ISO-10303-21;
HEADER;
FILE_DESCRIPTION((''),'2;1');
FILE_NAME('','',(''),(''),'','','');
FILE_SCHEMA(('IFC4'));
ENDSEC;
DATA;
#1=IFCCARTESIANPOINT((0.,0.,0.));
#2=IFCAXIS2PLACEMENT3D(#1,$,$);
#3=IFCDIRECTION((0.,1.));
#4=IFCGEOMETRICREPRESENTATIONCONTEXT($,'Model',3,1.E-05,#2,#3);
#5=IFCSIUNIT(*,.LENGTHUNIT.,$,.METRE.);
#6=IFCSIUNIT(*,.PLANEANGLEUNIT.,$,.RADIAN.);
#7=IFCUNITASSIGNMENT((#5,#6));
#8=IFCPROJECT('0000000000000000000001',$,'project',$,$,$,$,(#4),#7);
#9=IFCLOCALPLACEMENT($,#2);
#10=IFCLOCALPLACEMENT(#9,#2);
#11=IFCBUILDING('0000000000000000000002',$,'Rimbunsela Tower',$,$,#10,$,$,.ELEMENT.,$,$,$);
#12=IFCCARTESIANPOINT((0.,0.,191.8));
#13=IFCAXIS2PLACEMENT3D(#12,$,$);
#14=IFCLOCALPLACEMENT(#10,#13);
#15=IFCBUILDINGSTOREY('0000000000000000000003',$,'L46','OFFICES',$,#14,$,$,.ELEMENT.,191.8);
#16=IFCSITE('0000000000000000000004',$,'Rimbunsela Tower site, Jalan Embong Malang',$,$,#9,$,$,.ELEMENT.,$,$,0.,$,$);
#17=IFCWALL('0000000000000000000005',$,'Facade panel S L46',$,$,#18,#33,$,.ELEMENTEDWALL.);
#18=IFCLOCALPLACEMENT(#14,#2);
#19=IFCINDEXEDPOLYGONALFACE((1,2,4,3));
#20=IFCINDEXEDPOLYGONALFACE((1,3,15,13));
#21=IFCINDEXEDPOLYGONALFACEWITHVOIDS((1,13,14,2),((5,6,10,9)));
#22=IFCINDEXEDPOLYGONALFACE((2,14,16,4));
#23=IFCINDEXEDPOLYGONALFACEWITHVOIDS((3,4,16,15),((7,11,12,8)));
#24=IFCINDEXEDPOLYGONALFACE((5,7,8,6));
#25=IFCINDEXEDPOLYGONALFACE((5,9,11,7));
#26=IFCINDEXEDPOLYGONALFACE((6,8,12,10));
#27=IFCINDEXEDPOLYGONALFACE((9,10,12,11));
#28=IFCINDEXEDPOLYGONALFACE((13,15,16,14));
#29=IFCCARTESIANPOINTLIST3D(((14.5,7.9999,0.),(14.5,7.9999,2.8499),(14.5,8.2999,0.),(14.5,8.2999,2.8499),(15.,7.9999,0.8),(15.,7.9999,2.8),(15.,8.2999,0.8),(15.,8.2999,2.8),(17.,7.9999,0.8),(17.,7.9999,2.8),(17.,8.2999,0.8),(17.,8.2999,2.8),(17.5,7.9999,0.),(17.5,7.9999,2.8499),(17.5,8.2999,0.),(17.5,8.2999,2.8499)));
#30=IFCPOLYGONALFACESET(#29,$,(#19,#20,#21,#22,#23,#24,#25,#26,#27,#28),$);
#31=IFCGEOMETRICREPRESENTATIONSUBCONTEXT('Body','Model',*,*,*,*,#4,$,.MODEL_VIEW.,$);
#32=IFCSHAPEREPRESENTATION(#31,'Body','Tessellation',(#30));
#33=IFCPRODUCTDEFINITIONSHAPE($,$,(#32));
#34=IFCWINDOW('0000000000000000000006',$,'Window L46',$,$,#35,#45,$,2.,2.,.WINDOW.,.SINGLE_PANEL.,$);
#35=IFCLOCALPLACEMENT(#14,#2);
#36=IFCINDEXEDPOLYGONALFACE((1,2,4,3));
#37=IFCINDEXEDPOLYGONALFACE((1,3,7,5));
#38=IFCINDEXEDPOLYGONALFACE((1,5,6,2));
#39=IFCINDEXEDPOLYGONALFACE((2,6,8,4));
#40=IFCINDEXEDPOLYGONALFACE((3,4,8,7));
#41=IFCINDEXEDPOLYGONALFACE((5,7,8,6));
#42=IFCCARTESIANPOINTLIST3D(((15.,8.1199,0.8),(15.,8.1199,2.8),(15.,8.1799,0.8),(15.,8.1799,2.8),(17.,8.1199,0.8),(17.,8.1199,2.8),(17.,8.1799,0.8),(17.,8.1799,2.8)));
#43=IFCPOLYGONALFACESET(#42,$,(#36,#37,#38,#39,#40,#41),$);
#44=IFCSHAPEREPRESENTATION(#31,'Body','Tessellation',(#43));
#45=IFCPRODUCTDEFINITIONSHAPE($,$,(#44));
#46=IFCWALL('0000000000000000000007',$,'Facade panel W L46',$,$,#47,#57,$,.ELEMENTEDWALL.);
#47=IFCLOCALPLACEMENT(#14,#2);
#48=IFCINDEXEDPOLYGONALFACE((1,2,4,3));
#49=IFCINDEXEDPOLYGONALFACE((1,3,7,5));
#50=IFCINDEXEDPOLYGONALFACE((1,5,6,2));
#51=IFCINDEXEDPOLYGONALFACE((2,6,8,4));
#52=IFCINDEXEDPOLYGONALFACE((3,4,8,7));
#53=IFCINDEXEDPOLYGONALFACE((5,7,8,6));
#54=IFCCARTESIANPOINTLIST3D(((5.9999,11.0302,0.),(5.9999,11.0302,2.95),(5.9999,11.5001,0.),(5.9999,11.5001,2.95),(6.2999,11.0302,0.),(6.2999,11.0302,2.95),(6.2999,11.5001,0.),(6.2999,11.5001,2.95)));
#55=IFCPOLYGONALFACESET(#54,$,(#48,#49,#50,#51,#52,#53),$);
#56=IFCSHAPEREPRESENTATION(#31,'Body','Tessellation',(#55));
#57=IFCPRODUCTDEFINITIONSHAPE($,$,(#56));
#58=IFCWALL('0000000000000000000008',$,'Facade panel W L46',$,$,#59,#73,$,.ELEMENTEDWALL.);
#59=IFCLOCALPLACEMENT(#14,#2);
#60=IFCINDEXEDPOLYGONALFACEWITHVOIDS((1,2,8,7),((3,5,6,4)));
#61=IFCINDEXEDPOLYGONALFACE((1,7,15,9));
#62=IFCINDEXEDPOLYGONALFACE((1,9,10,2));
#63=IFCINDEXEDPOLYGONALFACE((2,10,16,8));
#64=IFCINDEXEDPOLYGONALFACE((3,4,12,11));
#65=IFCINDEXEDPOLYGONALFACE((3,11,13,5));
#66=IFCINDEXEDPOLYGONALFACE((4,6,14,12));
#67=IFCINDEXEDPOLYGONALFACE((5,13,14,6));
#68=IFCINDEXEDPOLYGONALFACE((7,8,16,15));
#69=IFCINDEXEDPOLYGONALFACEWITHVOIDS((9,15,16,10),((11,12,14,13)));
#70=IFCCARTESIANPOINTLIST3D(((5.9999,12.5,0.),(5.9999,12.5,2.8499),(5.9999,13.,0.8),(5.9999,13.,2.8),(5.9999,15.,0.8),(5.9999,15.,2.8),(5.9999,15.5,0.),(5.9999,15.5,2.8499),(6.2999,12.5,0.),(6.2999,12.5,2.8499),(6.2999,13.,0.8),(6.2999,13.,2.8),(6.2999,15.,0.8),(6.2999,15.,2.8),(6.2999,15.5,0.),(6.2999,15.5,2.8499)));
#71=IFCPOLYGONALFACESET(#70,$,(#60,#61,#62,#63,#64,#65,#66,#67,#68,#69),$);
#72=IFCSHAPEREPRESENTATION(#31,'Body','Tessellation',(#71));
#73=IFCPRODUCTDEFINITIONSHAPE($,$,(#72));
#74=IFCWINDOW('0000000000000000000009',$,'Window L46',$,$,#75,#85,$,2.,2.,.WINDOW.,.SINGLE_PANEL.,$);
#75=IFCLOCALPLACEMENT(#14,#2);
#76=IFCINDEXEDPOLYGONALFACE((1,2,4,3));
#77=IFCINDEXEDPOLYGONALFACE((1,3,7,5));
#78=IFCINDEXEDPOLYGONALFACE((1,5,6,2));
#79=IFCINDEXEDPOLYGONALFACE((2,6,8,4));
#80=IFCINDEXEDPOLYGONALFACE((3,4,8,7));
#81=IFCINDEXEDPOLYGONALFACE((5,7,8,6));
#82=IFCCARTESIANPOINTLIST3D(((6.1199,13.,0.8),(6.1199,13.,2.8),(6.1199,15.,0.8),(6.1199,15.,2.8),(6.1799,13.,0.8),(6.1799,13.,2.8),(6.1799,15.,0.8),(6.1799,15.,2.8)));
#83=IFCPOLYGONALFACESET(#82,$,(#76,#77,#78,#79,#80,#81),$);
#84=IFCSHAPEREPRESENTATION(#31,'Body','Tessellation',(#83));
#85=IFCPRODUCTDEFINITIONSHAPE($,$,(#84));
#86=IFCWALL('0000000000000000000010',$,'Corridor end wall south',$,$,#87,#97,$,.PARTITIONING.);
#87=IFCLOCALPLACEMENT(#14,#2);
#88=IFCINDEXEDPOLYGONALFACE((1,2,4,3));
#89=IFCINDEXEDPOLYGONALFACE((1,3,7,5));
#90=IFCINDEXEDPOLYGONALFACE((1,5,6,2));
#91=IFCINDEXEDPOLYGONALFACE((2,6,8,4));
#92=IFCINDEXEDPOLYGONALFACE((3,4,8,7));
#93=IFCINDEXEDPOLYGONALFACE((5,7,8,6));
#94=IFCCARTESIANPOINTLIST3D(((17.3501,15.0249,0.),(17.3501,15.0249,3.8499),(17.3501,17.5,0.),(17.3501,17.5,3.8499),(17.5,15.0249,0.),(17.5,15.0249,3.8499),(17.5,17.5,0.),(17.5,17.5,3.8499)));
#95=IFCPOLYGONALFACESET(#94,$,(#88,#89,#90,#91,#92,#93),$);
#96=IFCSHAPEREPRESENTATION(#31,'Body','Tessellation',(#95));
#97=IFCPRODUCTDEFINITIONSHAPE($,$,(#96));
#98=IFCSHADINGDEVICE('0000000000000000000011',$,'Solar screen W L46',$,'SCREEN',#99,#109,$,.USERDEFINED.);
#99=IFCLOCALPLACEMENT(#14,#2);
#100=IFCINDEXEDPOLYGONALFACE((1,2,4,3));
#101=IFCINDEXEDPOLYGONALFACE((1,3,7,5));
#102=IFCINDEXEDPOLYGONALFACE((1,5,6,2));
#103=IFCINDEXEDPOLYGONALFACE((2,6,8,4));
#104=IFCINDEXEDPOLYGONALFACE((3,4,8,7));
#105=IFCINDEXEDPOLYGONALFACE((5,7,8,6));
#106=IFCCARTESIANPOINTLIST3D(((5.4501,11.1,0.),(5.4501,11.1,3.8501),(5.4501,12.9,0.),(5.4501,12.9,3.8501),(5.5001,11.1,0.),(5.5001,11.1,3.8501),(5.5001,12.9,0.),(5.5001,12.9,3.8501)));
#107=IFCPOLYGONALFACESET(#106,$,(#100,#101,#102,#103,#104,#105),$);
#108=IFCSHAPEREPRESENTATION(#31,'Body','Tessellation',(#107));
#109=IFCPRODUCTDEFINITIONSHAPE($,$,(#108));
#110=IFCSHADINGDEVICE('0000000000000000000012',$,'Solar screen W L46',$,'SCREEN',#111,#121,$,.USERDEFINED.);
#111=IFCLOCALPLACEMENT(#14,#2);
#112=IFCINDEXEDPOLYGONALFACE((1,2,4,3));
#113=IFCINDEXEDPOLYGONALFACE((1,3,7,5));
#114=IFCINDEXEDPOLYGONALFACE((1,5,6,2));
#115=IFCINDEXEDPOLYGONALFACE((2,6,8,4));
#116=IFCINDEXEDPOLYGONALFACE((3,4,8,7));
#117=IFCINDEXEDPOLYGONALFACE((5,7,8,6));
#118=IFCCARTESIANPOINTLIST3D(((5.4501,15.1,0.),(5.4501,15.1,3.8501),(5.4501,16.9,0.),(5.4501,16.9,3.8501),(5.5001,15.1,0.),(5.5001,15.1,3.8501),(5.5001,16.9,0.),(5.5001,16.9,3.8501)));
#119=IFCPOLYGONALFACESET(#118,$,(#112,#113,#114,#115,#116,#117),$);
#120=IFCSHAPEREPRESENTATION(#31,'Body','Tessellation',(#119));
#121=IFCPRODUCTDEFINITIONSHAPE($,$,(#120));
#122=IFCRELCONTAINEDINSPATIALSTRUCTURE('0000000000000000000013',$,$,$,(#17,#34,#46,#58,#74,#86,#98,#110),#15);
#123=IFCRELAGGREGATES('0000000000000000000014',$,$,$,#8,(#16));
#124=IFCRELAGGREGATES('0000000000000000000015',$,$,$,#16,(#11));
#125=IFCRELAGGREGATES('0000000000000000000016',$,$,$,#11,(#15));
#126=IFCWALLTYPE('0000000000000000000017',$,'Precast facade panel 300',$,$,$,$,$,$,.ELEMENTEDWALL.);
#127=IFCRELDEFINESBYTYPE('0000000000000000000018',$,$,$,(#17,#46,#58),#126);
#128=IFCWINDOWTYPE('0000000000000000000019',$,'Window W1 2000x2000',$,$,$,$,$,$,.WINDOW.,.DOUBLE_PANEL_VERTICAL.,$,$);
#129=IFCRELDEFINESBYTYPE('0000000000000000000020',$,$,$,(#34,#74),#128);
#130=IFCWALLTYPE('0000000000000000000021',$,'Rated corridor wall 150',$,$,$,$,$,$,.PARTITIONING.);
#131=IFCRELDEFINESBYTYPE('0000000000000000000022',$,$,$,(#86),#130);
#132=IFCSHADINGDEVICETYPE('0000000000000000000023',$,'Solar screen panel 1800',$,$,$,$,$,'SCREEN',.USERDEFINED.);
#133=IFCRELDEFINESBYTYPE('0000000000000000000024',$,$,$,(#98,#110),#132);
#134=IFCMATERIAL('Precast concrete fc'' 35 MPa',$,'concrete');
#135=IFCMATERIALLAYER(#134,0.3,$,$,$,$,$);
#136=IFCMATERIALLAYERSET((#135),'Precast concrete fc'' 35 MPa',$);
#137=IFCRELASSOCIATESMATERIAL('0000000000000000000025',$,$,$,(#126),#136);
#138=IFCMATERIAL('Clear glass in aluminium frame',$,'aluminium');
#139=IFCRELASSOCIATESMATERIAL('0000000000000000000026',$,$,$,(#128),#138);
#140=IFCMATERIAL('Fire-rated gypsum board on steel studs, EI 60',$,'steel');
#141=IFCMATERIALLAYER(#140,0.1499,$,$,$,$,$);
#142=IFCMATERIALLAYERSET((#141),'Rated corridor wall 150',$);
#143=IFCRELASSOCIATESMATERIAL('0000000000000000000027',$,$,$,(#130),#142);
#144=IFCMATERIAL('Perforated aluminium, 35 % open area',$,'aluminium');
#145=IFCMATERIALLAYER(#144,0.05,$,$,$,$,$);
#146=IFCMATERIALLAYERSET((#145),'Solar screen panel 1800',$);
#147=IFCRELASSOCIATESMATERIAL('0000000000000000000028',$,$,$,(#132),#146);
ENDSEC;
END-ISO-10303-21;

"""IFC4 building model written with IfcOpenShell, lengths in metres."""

from ifc_helpers import new_model, si_unit, direction, frame, frame_2d, origin, origin_2d, place, context, subcontext, project, spatial, rectangle, extrude, material, layer, layer_set, type_object, element, fill, save


model = new_model("IFC4")

# Units and contexts
model_context = context("Model", 3, precision=1e-05, world=origin(), true_north=direction((0.0, 1.0)))
body_context = subcontext(model_context, "Body", "Model", "MODEL_VIEW")
ifc_project = project(units=[si_unit("LENGTHUNIT", "METRE"), si_unit("PLANEANGLEUNIT", "RADIAN")], contexts=[model_context])

# Site, building, storey
site_placement = place(None, origin())
site = spatial("IfcSite", under=ifc_project, at=site_placement, Name="Rimbunsela Tower site, Jalan Embong Malang", CompositionType="ELEMENT", RefElevation=0.0)
building_placement = place(site_placement, origin())
building = spatial("IfcBuilding", under=site, at=building_placement, Name="Rimbunsela Tower", CompositionType="ELEMENT")
storey_placement = place(building_placement, frame((0.0, 0.0, 191.8)))
storey = spatial("IfcBuildingStorey", under=building, at=storey_placement, Name="L46", Description="OFFICES", CompositionType="ELEMENT", Elevation=191.8)

# Shared definitions
ifc_material_1 = material(Name="Precast concrete fc' 35 MPa", Category="concrete")
ifc_layer_1 = layer(ifc_material_1, 0.3)
ifc_layer_set_1 = layer_set([ifc_layer_1], Name="Precast concrete fc' 35 MPa")
wall_type_1 = type_object("IfcWallType", Name="Precast facade panel 300", PredefinedType="ELEMENTEDWALL", material=ifc_layer_set_1)

# Wall, opening, window
ifc_material_2 = material(Name="Clear glass in aluminium frame", Category="aluminium")
window_type = type_object("IfcWindowType", Name="Window W1 2000x2000", PartitioningType="DOUBLE_PANEL_VERTICAL", PredefinedType="WINDOW", material=ifc_material_2)
wall_1_placement = place(storey_placement, frame((14.5, 8.1499, 0.0), z_axis=(0.0, 0.0, 1.0), x_axis=(1.0, 0.0, 0.0)))
wall_1 = element("IfcWall", 1, at=wall_1_placement, inside=storey, type_object=wall_type_1, Name="Facade panel S L46", PredefinedType="ELEMENTEDWALL", context=body_context, shape_type="SweptSolid", body=[
    extrude(rectangle(XDim=3.0, YDim=0.3, at=frame_2d((1.5, 0.0))), origin(), (0.0, 0.0, 1.0), 2.8499),
])
opening_1_placement = place(wall_1_placement, frame((0.5, 0.0, 0.8)))
opening_1 = element("IfcOpeningElement", 2, at=opening_1_placement, cuts=wall_1, PredefinedType="OPENING", context=body_context, shape_type="SweptSolid", body=[
    extrude(rectangle(XDim=2.0, YDim=2.0, at=frame_2d((1.0, 1.0))), frame((0.0, 0.1599, 0.0), z_axis=(0.0, -1.0, 0.0), x_axis=(1.0, 0.0, 0.0)), (0.0, 0.0, 1.0), 0.3201),
])
window_1_placement = place(opening_1_placement, origin())
window_1 = element("IfcWindow", 3, at=window_1_placement, inside=storey, type_object=window_type, Name="Window L46", OverallHeight=2.0, OverallWidth=2.0, PartitioningType="SINGLE_PANEL", PredefinedType="WINDOW", context=body_context, shape_type="SweptSolid", body=[
    extrude(rectangle(XDim=2.0, YDim=2.0, at=frame_2d((1.0, 1.0))), frame((0.0, 0.03, 0.0), z_axis=(0.0, -1.0, 0.0), x_axis=(1.0, 0.0, 0.0)), (0.0, 0.0, 1.0), 0.0601),
])
fill(opening_1, window_1)

# Wall
wall_2_placement = place(storey_placement, frame((6.1499, 11.5, 0.0), z_axis=(0.0, 0.0, 1.0), x_axis=(0.0, -1.0, 0.0)))
element("IfcWall", 4, at=wall_2_placement, inside=storey, type_object=wall_type_1, Name="Facade panel W L46", PredefinedType="ELEMENTEDWALL", context=body_context, shape_type="SweptSolid", body=[
    extrude(rectangle(XDim=0.47, YDim=0.3, at=frame_2d((0.2349, 0.0))), origin(), (0.0, 0.0, 1.0), 2.95),
])

# Wall, opening, window
wall_3_placement = place(storey_placement, frame((6.1499, 15.5, 0.0), z_axis=(0.0, 0.0, 1.0), x_axis=(0.0, -1.0, 0.0)))
wall_3 = element("IfcWall", 5, at=wall_3_placement, inside=storey, type_object=wall_type_1, Name="Facade panel W L46", PredefinedType="ELEMENTEDWALL", context=body_context, shape_type="SweptSolid", body=[
    extrude(rectangle(XDim=3.0, YDim=0.3, at=frame_2d((1.5, 0.0))), origin(), (0.0, 0.0, 1.0), 2.8499),
])
opening_2_placement = place(wall_3_placement, frame((0.5, 0.0, 0.8)))
opening_2 = element("IfcOpeningElement", 6, at=opening_2_placement, cuts=wall_3, PredefinedType="OPENING", context=body_context, shape_type="SweptSolid", body=[
    extrude(rectangle(XDim=2.0, YDim=2.0, at=frame_2d((1.0, 1.0))), frame((0.0, 0.1599, 0.0), z_axis=(0.0, -1.0, 0.0), x_axis=(1.0, 0.0, 0.0)), (0.0, 0.0, 1.0), 0.3201),
])
window_2_placement = place(opening_2_placement, origin())
window_2 = element("IfcWindow", 7, at=window_2_placement, inside=storey, type_object=window_type, Name="Window L46", OverallHeight=2.0, OverallWidth=2.0, PartitioningType="SINGLE_PANEL", PredefinedType="WINDOW", context=body_context, shape_type="SweptSolid", body=[
    extrude(rectangle(XDim=2.0, YDim=2.0, at=frame_2d((1.0, 1.0))), frame((0.0, 0.03, 0.0), z_axis=(0.0, -1.0, 0.0), x_axis=(1.0, 0.0, 0.0)), (0.0, 0.0, 1.0), 0.0601),
])
fill(opening_2, window_2)

# Wall
ifc_material_3 = material(Name="Fire-rated gypsum board on steel studs, EI 60", Category="steel")
ifc_layer_2 = layer(ifc_material_3, 0.1499)
ifc_layer_set_2 = layer_set([ifc_layer_2], Name="Rated corridor wall 150")
wall_type_2 = type_object("IfcWallType", Name="Rated corridor wall 150", PredefinedType="PARTITIONING", material=ifc_layer_set_2)
wall_4_placement = place(storey_placement, frame((17.425, 15.0249, 0.0), z_axis=(0.0, 0.0, 1.0), x_axis=(0.0, 1.0, 0.0)))
element("IfcWall", 8, at=wall_4_placement, inside=storey, type_object=wall_type_2, Name="Corridor end wall south", PredefinedType="PARTITIONING", context=body_context, shape_type="SweptSolid", body=[
    extrude(rectangle(XDim=2.4751, YDim=0.1499, at=frame_2d((1.2375, 0.0))), origin(), (0.0, 0.0, 1.0), 3.8499),
])

# Shading devices
ifc_material_4 = material(Name="Perforated aluminium, 35 % open area", Category="aluminium")
ifc_layer_3 = layer(ifc_material_4, 0.05)
ifc_layer_set_3 = layer_set([ifc_layer_3], Name="Solar screen panel 1800")
shading_device_type = type_object("IfcShadingDeviceType", Name="Solar screen panel 1800", ElementType="SCREEN", PredefinedType="USERDEFINED", material=ifc_layer_set_3)
for number, where, z_axis, x_axis, name in (
    (9, (5.4751, 12.0, 0.0), (0.0, 0.0, 1.0), (0.0, 1.0, 0.0), "Solar screen W L46"),
    (10, (5.4751, 16.0, 0.0), (0.0, 0.0, 1.0), (0.0, 1.0, 0.0), "Solar screen W L46"),
):
    element("IfcShadingDevice", number, at=place(storey_placement, frame(where, z_axis=z_axis, x_axis=x_axis)), inside=storey, type_object=shading_device_type, Name=name, ObjectType="SCREEN", PredefinedType="USERDEFINED", context=body_context, shape_type="SweptSolid", body=[
        extrude(rectangle(XDim=1.8, YDim=0.05, at=origin_2d()), origin(), (0.0, 0.0, 1.0), 3.8501),
    ])

save(model, "model.ifc")
